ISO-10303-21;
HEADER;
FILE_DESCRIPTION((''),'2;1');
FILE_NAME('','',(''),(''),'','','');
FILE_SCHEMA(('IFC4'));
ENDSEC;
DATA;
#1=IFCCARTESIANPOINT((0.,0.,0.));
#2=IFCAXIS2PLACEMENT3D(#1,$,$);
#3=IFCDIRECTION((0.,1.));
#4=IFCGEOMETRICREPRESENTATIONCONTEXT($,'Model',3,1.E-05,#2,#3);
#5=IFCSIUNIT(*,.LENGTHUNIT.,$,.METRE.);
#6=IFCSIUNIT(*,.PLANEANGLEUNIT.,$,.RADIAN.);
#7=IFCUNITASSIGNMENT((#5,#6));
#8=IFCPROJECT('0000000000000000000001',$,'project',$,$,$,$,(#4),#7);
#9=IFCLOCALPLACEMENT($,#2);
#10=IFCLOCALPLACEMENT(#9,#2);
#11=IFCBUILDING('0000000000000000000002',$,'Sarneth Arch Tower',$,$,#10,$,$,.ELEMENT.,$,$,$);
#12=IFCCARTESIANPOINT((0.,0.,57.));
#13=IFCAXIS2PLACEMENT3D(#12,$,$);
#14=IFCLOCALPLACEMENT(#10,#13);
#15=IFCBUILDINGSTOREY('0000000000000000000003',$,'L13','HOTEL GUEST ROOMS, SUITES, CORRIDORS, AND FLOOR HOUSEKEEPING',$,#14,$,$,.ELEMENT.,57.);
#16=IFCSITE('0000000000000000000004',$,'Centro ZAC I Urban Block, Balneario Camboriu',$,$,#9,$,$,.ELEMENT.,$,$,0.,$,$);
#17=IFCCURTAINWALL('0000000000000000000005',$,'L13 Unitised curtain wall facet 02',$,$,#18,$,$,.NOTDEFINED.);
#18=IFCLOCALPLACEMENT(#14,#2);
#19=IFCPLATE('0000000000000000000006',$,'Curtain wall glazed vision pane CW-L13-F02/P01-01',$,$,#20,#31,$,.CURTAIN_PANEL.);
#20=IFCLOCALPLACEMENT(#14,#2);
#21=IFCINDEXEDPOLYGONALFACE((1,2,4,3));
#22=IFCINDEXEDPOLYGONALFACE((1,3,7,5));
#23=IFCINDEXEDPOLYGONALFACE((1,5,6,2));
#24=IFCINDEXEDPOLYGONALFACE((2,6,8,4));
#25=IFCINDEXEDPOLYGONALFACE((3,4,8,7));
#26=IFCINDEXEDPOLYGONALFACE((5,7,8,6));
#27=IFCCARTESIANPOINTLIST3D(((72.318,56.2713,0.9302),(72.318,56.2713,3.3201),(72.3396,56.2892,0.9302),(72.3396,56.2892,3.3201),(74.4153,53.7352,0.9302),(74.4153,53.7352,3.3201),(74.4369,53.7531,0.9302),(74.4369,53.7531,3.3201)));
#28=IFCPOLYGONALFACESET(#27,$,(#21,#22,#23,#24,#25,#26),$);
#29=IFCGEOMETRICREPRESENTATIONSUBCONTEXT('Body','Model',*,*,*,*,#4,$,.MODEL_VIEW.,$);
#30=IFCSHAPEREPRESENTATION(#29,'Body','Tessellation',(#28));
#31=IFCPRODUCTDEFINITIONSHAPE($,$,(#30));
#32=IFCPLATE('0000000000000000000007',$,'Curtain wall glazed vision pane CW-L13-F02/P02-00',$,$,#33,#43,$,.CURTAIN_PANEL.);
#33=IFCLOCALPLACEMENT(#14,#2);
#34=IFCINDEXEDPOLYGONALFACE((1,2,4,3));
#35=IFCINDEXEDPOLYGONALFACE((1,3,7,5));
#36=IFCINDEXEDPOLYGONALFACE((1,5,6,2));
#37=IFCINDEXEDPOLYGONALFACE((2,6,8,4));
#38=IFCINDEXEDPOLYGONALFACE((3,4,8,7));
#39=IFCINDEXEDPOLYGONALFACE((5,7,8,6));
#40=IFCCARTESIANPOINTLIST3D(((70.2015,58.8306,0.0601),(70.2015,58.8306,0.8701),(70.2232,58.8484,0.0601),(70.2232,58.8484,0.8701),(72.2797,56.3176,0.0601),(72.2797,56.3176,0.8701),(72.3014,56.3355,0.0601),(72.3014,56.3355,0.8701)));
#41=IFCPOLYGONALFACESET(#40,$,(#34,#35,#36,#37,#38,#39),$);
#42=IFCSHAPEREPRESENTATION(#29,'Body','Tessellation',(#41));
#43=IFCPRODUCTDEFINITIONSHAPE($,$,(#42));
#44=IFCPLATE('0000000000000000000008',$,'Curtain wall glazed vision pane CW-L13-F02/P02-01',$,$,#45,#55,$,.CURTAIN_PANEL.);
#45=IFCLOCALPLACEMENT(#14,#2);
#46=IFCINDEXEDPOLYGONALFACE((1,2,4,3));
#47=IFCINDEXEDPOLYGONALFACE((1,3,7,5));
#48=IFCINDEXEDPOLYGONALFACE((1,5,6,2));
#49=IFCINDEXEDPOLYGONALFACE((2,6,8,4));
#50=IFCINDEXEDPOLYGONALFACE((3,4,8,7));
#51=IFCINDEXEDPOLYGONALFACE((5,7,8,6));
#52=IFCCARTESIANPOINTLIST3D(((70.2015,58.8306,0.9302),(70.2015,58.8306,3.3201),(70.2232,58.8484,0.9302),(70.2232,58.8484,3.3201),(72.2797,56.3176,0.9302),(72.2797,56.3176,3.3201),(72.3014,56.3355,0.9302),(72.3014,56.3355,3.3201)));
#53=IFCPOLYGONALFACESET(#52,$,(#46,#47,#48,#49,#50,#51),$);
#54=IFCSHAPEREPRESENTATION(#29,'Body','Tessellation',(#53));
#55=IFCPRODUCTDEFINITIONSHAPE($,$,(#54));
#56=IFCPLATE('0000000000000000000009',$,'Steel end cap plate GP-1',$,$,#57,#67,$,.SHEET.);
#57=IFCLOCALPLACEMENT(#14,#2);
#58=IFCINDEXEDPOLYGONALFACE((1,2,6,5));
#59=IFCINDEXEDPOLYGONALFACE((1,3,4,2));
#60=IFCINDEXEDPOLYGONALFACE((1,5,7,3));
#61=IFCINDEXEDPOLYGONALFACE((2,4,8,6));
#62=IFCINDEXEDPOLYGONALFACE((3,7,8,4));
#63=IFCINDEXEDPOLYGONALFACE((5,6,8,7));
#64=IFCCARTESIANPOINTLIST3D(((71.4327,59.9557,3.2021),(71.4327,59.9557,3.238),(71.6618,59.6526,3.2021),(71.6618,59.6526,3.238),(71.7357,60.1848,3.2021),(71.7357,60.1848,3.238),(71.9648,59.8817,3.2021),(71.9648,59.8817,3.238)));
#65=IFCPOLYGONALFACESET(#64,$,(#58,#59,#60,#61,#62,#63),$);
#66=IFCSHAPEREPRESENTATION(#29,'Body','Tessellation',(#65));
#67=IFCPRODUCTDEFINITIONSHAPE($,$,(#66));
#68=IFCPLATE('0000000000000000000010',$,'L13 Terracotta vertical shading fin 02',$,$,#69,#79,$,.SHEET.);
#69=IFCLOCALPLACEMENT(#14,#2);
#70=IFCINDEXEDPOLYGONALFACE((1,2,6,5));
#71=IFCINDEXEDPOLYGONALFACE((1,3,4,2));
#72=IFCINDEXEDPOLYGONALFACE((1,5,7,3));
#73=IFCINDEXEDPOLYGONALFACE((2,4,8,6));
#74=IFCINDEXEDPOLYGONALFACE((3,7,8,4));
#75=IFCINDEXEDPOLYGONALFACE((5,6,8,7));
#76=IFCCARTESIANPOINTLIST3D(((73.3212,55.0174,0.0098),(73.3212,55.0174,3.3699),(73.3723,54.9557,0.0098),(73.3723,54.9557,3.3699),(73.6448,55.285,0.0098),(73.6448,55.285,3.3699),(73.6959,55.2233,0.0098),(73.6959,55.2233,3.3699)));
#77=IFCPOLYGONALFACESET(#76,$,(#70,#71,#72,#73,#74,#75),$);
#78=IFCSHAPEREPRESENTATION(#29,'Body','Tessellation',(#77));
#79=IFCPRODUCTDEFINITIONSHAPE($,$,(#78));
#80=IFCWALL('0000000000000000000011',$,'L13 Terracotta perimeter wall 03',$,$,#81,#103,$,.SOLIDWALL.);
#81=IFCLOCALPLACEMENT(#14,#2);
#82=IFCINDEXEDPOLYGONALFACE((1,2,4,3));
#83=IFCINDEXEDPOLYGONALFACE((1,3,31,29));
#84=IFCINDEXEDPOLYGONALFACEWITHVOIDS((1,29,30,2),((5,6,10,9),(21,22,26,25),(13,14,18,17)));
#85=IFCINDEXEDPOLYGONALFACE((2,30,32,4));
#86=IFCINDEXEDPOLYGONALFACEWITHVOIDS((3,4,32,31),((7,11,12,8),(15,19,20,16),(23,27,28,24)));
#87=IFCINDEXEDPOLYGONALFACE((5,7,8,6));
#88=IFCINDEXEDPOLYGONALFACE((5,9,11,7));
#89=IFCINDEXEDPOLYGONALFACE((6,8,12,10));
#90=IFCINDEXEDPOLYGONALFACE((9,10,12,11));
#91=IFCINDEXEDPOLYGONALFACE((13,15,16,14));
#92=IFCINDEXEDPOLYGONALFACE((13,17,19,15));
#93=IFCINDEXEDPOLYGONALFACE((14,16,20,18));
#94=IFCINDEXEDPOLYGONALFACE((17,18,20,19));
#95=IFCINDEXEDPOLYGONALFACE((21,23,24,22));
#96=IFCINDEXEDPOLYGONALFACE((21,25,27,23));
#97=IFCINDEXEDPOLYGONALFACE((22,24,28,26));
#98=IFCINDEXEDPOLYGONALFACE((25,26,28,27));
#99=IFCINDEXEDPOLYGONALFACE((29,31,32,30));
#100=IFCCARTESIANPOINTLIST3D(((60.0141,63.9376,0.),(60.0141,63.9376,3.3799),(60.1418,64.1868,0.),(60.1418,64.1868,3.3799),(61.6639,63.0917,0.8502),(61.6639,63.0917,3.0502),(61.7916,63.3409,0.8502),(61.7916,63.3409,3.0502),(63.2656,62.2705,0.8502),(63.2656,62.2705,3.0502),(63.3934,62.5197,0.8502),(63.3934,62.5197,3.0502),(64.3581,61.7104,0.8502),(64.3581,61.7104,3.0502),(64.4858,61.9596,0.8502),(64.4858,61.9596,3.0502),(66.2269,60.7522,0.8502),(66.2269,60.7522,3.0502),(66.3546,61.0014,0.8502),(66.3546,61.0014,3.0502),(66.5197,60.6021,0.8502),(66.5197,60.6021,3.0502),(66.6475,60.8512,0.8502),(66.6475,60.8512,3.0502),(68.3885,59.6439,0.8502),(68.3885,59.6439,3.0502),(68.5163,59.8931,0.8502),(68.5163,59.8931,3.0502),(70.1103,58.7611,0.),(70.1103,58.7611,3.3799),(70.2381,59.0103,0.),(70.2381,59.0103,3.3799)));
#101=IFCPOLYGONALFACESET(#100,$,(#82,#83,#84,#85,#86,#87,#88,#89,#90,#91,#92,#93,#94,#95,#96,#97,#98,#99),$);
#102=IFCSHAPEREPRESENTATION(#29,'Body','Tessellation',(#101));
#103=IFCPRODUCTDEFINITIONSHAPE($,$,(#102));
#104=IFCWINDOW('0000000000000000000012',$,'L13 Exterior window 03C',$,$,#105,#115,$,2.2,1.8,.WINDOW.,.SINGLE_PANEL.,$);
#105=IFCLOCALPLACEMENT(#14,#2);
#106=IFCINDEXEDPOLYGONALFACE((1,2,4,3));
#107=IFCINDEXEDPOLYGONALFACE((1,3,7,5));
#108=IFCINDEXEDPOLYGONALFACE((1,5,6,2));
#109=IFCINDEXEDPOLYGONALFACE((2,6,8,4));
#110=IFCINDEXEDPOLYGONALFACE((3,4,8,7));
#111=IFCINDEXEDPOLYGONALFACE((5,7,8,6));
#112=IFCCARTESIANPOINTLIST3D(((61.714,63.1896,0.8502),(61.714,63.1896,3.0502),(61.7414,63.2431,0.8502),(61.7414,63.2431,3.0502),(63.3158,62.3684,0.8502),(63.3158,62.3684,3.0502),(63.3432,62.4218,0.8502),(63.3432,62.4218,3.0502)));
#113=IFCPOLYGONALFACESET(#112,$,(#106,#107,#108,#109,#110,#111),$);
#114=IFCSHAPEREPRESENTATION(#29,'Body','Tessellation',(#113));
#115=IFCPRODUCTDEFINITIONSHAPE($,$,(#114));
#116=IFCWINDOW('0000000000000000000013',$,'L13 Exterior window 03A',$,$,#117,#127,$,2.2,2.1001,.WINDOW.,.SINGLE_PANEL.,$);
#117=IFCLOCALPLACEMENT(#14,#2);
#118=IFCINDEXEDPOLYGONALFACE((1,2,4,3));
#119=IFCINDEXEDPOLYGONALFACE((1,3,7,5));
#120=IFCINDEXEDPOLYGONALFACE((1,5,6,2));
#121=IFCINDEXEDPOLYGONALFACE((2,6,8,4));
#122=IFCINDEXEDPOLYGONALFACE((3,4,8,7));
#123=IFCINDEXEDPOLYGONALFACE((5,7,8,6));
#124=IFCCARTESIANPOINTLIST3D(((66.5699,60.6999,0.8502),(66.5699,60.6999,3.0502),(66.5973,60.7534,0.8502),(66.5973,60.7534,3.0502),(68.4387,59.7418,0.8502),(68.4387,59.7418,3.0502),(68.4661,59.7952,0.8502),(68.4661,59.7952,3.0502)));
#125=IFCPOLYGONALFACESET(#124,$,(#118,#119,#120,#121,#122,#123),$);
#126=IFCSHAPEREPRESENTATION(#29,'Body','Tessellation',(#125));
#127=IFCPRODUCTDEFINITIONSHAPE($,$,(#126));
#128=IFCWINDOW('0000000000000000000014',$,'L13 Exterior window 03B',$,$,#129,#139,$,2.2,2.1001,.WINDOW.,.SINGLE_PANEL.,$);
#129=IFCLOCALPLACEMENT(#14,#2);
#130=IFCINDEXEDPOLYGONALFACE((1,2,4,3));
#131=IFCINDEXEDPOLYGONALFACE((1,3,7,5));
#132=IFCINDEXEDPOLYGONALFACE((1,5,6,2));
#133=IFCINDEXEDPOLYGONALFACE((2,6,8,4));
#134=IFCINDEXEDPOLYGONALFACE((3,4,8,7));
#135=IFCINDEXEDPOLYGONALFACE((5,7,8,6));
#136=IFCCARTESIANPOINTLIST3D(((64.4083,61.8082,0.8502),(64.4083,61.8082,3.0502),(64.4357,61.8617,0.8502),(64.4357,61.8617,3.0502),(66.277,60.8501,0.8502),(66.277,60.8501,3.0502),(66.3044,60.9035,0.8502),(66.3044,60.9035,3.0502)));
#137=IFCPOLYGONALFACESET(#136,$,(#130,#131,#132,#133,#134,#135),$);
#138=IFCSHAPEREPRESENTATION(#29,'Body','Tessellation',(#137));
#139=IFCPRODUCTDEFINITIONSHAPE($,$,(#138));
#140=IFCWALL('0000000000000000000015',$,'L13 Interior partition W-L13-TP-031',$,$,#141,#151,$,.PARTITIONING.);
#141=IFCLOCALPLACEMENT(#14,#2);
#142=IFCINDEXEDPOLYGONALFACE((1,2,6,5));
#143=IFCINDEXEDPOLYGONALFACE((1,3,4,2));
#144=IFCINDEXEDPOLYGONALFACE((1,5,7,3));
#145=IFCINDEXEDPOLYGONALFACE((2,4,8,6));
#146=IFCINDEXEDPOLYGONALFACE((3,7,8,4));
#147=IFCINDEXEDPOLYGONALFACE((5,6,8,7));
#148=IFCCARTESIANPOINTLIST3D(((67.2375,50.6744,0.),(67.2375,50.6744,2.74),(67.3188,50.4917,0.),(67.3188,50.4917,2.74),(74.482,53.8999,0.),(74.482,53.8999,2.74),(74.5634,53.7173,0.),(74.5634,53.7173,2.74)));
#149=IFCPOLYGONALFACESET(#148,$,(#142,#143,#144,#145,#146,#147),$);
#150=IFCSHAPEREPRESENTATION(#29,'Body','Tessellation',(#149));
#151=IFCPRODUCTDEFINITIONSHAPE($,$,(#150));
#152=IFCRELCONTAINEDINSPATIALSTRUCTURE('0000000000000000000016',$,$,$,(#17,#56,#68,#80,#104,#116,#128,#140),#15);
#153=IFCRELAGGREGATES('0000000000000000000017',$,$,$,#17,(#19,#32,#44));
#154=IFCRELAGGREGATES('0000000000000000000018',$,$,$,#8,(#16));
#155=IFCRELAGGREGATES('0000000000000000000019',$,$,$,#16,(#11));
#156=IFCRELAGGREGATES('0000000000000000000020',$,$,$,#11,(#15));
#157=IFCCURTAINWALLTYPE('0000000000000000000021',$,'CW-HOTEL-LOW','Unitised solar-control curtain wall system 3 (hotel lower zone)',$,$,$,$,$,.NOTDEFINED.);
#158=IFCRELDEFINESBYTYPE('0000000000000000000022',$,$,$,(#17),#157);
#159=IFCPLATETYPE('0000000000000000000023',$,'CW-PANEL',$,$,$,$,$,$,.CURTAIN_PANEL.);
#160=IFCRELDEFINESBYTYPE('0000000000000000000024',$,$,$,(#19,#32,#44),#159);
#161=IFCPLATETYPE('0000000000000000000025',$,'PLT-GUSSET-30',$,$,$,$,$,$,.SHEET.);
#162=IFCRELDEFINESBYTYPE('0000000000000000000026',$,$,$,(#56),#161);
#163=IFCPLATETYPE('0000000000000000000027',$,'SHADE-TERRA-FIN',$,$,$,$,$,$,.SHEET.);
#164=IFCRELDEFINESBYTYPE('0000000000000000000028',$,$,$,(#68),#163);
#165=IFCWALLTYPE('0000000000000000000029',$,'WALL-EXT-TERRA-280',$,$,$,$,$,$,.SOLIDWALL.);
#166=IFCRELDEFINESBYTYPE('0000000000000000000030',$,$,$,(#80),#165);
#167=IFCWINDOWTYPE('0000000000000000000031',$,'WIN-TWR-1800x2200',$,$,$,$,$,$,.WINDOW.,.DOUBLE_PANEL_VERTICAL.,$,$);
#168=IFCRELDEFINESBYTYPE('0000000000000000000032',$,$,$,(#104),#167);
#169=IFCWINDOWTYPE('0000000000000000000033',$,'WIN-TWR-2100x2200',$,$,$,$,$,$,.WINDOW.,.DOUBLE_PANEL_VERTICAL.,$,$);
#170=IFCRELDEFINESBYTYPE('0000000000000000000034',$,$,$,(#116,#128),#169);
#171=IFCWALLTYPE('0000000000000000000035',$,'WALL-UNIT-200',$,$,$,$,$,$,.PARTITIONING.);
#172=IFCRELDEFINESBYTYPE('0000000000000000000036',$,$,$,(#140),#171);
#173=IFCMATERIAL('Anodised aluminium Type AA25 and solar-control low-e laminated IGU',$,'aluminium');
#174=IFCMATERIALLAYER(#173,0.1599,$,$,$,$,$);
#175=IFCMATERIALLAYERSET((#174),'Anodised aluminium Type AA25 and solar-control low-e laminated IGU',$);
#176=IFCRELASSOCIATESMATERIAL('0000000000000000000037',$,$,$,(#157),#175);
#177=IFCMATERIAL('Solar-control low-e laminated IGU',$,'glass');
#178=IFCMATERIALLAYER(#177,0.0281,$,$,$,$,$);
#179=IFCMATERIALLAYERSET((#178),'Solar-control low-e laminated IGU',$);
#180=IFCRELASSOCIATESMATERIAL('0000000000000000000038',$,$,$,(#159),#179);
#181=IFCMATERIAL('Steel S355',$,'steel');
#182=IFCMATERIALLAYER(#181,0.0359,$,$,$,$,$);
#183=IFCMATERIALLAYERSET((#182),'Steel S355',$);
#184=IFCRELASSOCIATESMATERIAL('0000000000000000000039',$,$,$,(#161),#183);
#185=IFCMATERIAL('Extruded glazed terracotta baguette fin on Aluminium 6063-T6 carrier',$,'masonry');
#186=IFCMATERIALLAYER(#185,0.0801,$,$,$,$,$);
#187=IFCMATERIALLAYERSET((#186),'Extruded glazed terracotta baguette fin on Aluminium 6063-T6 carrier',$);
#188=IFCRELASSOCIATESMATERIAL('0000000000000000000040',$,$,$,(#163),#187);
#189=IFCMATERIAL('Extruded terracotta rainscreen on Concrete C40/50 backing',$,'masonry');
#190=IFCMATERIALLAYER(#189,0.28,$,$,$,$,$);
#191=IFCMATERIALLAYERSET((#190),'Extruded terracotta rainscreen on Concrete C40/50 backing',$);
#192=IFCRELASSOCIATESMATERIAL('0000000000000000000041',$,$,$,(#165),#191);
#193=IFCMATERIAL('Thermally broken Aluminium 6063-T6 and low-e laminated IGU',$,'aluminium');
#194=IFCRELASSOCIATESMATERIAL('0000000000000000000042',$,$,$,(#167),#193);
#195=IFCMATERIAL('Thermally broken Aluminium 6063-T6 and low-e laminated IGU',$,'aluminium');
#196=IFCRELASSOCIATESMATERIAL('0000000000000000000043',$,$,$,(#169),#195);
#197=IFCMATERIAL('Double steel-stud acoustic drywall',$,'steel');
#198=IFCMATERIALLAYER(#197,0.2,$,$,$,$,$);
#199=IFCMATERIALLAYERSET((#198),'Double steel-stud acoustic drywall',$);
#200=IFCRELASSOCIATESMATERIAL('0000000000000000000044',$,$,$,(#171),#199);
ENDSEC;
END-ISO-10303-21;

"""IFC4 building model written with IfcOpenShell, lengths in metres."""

from ifc_helpers import new_model, si_unit, direction, frame, frame_2d, origin, origin_2d, place, context, subcontext, project, spatial, rectangle, extrude, material, layer, layer_set, type_object, element, fill, aggregate, save


model = new_model("IFC4")

# Units and contexts
model_context = context("Model", 3, precision=1e-05, world=origin(), true_north=direction((0.0, 1.0)))
body_context = subcontext(model_context, "Body", "Model", "MODEL_VIEW")
ifc_project = project(units=[si_unit("LENGTHUNIT", "METRE"), si_unit("PLANEANGLEUNIT", "RADIAN")], contexts=[model_context])

# Site, building, storey
site_placement = place(None, origin())
site = spatial("IfcSite", under=ifc_project, at=site_placement, Name="Centro ZAC I Urban Block, Balneario Camboriu", CompositionType="ELEMENT", RefElevation=0.0)
building_placement = place(site_placement, origin())
building = spatial("IfcBuilding", under=site, at=building_placement, Name="Sarneth Arch Tower", CompositionType="ELEMENT")
storey_placement = place(building_placement, frame((0.0, 0.0, 57.0)))
storey = spatial("IfcBuildingStorey", under=building, at=storey_placement, Name="L13", Description="HOTEL GUEST ROOMS, SUITES, CORRIDORS, AND FLOOR HOUSEKEEPING", CompositionType="ELEMENT", Elevation=57.0)

# Curtain wall
ifc_material_1 = material(Name="Anodised aluminium Type AA25 and solar-control low-e laminated IGU", Category="aluminium")
ifc_layer_1 = layer(ifc_material_1, 0.1599)
ifc_layer_set_1 = layer_set([ifc_layer_1], Name="Anodised aluminium Type AA25 and solar-control low-e laminated IGU")
curtain_wall_type = type_object("IfcCurtainWallType", Name="CW-HOTEL-LOW", Description="Unitised solar-control curtain wall system 3 (hotel lower zone)", PredefinedType="NOTDEFINED", material=ifc_layer_set_1)
curtain_wall_placement = place(storey_placement, origin())
curtain_wall = element("IfcCurtainWall", 1, at=curtain_wall_placement, inside=storey, type_object=curtain_wall_type, Name="L13 Unitised curtain wall facet 02", PredefinedType="NOTDEFINED")

# Plates
ifc_material_2 = material(Name="Solar-control low-e laminated IGU", Category="glass")
ifc_layer_2 = layer(ifc_material_2, 0.0281)
ifc_layer_set_2 = layer_set([ifc_layer_2], Name="Solar-control low-e laminated IGU")
plate_type_1 = type_object("IfcPlateType", Name="CW-PANEL", PredefinedType="CURTAIN_PANEL", material=ifc_layer_set_2)
plate_1_placement = place(storey_placement, frame((73.3774, 55.0122, 0.9302), z_axis=(0.0, 0.0, 1.0), x_axis=(-0.637291, 0.770623, 0.0)))
plate_1 = element("IfcPlate", 2, at=plate_1_placement, type_object=plate_type_1, Name="Curtain wall glazed vision pane CW-L13-F02/P01-01", PredefinedType="CURTAIN_PANEL", context=body_context, shape_type="SweptSolid", body=[
    extrude(rectangle(XDim=3.291, YDim=0.0281, at=origin_2d()), origin(), (0.0, 0.0, 1.0), 2.3899),
])
plate_2_placement = place(storey_placement, frame((71.2515, 57.583, 0.0601), z_axis=(0.0, 0.0, 1.0), x_axis=(-0.637291, 0.770623, 0.0)))
plate_2 = element("IfcPlate", 3, at=plate_2_placement, type_object=plate_type_1, Name="Curtain wall glazed vision pane CW-L13-F02/P02-00", PredefinedType="CURTAIN_PANEL", context=body_context, shape_type="SweptSolid", body=[
    extrude(rectangle(XDim=3.261, YDim=0.0281, at=origin_2d()), origin(), (0.0, 0.0, 1.0), 0.8101),
])
plate_3_placement = place(storey_placement, frame((71.2515, 57.583, 0.9302), z_axis=(0.0, 0.0, 1.0), x_axis=(-0.637291, 0.770623, 0.0)))
plate_3 = element("IfcPlate", 4, at=plate_3_placement, type_object=plate_type_1, Name="Curtain wall glazed vision pane CW-L13-F02/P02-01", PredefinedType="CURTAIN_PANEL", context=body_context, shape_type="SweptSolid", body=[
    extrude(rectangle(XDim=3.261, YDim=0.0281, at=origin_2d()), origin(), (0.0, 0.0, 1.0), 2.3899),
])
aggregate(curtain_wall, [plate_1, plate_2, plate_3])

# Plates
ifc_material_3 = material(Name="Steel S355", Category="steel")
ifc_layer_3 = layer(ifc_material_3, 0.0359)
ifc_layer_set_3 = layer_set([ifc_layer_3], Name="Steel S355")
plate_type_2 = type_object("IfcPlateType", Name="PLT-GUSSET-30", PredefinedType="SHEET", material=ifc_layer_set_3)
plate_4_placement = place(storey_placement, frame((71.6987, 59.9187, 3.2021), z_axis=(0.0, 0.0, 1.0), x_axis=(0.797689, 0.603069, 0.0)))
element("IfcPlate", 5, at=plate_4_placement, inside=storey, type_object=plate_type_2, Name="Steel end cap plate GP-1", PredefinedType="SHEET", context=body_context, shape_type="SweptSolid", body=[
    extrude(rectangle(XDim=0.3799, YDim=0.3799, at=origin_2d()), origin(), (0.0, 0.0, 1.0), 0.0359),
])
ifc_material_4 = material(Name="Extruded glazed terracotta baguette fin on Aluminium 6063-T6 carrier", Category="masonry")
ifc_layer_4 = layer(ifc_material_4, 0.0801)
ifc_layer_set_4 = layer_set([ifc_layer_4], Name="Extruded glazed terracotta baguette fin on Aluminium 6063-T6 carrier")
plate_type_3 = type_object("IfcPlateType", Name="SHADE-TERRA-FIN", PredefinedType="SHEET", material=ifc_layer_set_4)
plate_5_placement = place(storey_placement, frame((73.5085, 55.1204, 0.0098), z_axis=(0.0, 0.0, 1.0), x_axis=(0.770624, 0.63729, 0.0)))
element("IfcPlate", 6, at=plate_5_placement, inside=storey, type_object=plate_type_3, Name="L13 Terracotta vertical shading fin 02", PredefinedType="SHEET", context=body_context, shape_type="SweptSolid", body=[
    extrude(rectangle(XDim=0.4199, YDim=0.0801, at=origin_2d()), origin(), (0.0, 0.0, 1.0), 3.3601),
])

# Wall, openings, windows
ifc_material_5 = material(Name="Extruded terracotta rainscreen on Concrete C40/50 backing", Category="masonry")
ifc_layer_5 = layer(ifc_material_5, 0.28)
ifc_layer_set_5 = layer_set([ifc_layer_5], Name="Extruded terracotta rainscreen on Concrete C40/50 backing")
wall_type_1 = type_object("IfcWallType", Name="WALL-EXT-TERRA-280", PredefinedType="SOLIDWALL", material=ifc_layer_set_5)
wall_1_placement = place(storey_placement, frame((70.1741, 58.8857, 0.0), z_axis=(0.0, 0.0, 1.0), x_axis=(-0.889854, 0.456245, 0.0)))
wall_1 = element("IfcWall", 7, at=wall_1_placement, inside=storey, type_object=wall_type_1, Name="L13 Terracotta perimeter wall 03", PredefinedType="SOLIDWALL", context=body_context, shape_type="SweptSolid", body=[
    extrude(rectangle(XDim=11.3459, YDim=0.28, at=frame_2d((5.6729, 0.0))), origin(), (0.0, 0.0, 1.0), 3.3799),
])
opening_1_placement = place(wall_1_placement, frame((1.9348, 0.0, 0.8501)))
opening_1 = element("IfcOpeningElement", 8, at=opening_1_placement, cuts=wall_1, PredefinedType="OPENING", context=body_context, shape_type="SweptSolid", body=[
    extrude(rectangle(XDim=2.1001, YDim=2.2, at=frame_2d((1.05, 1.1001))), frame((0.0, 0.1499, 0.0), z_axis=(0.0, -1.0, 0.0), x_axis=(1.0, 0.0, 0.0)), (0.0, 0.0, 1.0), 0.3),
])
opening_2_placement = place(wall_1_placement, frame((4.364, 0.0, 0.8501)))
opening_2 = element("IfcOpeningElement", 9, at=opening_2_placement, cuts=wall_1, PredefinedType="OPENING", context=body_context, shape_type="SweptSolid", body=[
    extrude(rectangle(XDim=2.1001, YDim=2.2, at=frame_2d((1.05, 1.1001))), frame((0.0, 0.1499, 0.0), z_axis=(0.0, -1.0, 0.0), x_axis=(1.0, 0.0, 0.0)), (0.0, 0.0, 1.0), 0.3),
])
opening_3_placement = place(wall_1_placement, frame((7.6919, 0.0, 0.8501)))
opening_3 = element("IfcOpeningElement", 10, at=opening_3_placement, cuts=wall_1, PredefinedType="OPENING", context=body_context, shape_type="SweptSolid", body=[
    extrude(rectangle(XDim=1.8, YDim=2.2, at=frame_2d((0.8999, 1.1001))), frame((0.0, 0.1499, 0.0), z_axis=(0.0, -1.0, 0.0), x_axis=(1.0, 0.0, 0.0)), (0.0, 0.0, 1.0), 0.3),
])
ifc_material_6 = material(Name="Thermally broken Aluminium 6063-T6 and low-e laminated IGU", Category="aluminium")
window_type_1 = type_object("IfcWindowType", Name="WIN-TWR-1800x2200", PartitioningType="DOUBLE_PANEL_VERTICAL", PredefinedType="WINDOW", material=ifc_material_6)
window_1_placement = place(opening_3_placement, origin())
window_1 = element("IfcWindow", 11, at=window_1_placement, inside=storey, type_object=window_type_1, Name="L13 Exterior window 03C", OverallHeight=2.2, OverallWidth=1.8, PartitioningType="SINGLE_PANEL", PredefinedType="WINDOW", context=body_context, shape_type="SweptSolid", body=[
    extrude(rectangle(XDim=1.8, YDim=2.2, at=frame_2d((0.8999, 1.1001))), frame((0.0, 0.03, 0.0), z_axis=(0.0, -1.0, 0.0), x_axis=(1.0, 0.0, 0.0)), (0.0, 0.0, 1.0), 0.0601),
])
fill(opening_3, window_1)
ifc_material_7 = material(Name="Thermally broken Aluminium 6063-T6 and low-e laminated IGU", Category="aluminium")
window_type_2 = type_object("IfcWindowType", Name="WIN-TWR-2100x2200", PartitioningType="DOUBLE_PANEL_VERTICAL", PredefinedType="WINDOW", material=ifc_material_7)
window_2_placement = place(opening_1_placement, origin())
window_2 = element("IfcWindow", 12, at=window_2_placement, inside=storey, type_object=window_type_2, Name="L13 Exterior window 03A", OverallHeight=2.2, OverallWidth=2.1001, PartitioningType="SINGLE_PANEL", PredefinedType="WINDOW", context=body_context, shape_type="SweptSolid", body=[
    extrude(rectangle(XDim=2.1001, YDim=2.2, at=frame_2d((1.05, 1.1001))), frame((0.0, 0.03, 0.0), z_axis=(0.0, -1.0, 0.0), x_axis=(1.0, 0.0, 0.0)), (0.0, 0.0, 1.0), 0.0601),
])
fill(opening_1, window_2)
window_3_placement = place(opening_2_placement, origin())
window_3 = element("IfcWindow", 13, at=window_3_placement, inside=storey, type_object=window_type_2, Name="L13 Exterior window 03B", OverallHeight=2.2, OverallWidth=2.1001, PartitioningType="SINGLE_PANEL", PredefinedType="WINDOW", context=body_context, shape_type="SweptSolid", body=[
    extrude(rectangle(XDim=2.1001, YDim=2.2, at=frame_2d((1.05, 1.1001))), frame((0.0, 0.03, 0.0), z_axis=(0.0, -1.0, 0.0), x_axis=(1.0, 0.0, 0.0)), (0.0, 0.0, 1.0), 0.0601),
])
fill(opening_2, window_3)

# Wall
ifc_material_8 = material(Name="Double steel-stud acoustic drywall", Category="steel")
ifc_layer_6 = layer(ifc_material_8, 0.2)
ifc_layer_set_6 = layer_set([ifc_layer_6], Name="Double steel-stud acoustic drywall")
wall_type_2 = type_object("IfcWallType", Name="WALL-UNIT-200", PredefinedType="PARTITIONING", material=ifc_layer_set_6)
wall_2_placement = place(storey_placement, frame((74.5227, 53.8086, 0.0), z_axis=(0.0, 0.0, 1.0), x_axis=(-0.913542, -0.406744, 0.0)))
element("IfcWall", 14, at=wall_2_placement, inside=storey, type_object=wall_type_2, Name="L13 Interior partition W-L13-TP-031", PredefinedType="PARTITIONING", context=body_context, shape_type="SweptSolid", body=[
    extrude(rectangle(XDim=7.9302, YDim=0.2, at=frame_2d((3.9651, 0.0))), origin(), (0.0, 0.0, 1.0), 2.74),
])

save(model, "model.ifc")
